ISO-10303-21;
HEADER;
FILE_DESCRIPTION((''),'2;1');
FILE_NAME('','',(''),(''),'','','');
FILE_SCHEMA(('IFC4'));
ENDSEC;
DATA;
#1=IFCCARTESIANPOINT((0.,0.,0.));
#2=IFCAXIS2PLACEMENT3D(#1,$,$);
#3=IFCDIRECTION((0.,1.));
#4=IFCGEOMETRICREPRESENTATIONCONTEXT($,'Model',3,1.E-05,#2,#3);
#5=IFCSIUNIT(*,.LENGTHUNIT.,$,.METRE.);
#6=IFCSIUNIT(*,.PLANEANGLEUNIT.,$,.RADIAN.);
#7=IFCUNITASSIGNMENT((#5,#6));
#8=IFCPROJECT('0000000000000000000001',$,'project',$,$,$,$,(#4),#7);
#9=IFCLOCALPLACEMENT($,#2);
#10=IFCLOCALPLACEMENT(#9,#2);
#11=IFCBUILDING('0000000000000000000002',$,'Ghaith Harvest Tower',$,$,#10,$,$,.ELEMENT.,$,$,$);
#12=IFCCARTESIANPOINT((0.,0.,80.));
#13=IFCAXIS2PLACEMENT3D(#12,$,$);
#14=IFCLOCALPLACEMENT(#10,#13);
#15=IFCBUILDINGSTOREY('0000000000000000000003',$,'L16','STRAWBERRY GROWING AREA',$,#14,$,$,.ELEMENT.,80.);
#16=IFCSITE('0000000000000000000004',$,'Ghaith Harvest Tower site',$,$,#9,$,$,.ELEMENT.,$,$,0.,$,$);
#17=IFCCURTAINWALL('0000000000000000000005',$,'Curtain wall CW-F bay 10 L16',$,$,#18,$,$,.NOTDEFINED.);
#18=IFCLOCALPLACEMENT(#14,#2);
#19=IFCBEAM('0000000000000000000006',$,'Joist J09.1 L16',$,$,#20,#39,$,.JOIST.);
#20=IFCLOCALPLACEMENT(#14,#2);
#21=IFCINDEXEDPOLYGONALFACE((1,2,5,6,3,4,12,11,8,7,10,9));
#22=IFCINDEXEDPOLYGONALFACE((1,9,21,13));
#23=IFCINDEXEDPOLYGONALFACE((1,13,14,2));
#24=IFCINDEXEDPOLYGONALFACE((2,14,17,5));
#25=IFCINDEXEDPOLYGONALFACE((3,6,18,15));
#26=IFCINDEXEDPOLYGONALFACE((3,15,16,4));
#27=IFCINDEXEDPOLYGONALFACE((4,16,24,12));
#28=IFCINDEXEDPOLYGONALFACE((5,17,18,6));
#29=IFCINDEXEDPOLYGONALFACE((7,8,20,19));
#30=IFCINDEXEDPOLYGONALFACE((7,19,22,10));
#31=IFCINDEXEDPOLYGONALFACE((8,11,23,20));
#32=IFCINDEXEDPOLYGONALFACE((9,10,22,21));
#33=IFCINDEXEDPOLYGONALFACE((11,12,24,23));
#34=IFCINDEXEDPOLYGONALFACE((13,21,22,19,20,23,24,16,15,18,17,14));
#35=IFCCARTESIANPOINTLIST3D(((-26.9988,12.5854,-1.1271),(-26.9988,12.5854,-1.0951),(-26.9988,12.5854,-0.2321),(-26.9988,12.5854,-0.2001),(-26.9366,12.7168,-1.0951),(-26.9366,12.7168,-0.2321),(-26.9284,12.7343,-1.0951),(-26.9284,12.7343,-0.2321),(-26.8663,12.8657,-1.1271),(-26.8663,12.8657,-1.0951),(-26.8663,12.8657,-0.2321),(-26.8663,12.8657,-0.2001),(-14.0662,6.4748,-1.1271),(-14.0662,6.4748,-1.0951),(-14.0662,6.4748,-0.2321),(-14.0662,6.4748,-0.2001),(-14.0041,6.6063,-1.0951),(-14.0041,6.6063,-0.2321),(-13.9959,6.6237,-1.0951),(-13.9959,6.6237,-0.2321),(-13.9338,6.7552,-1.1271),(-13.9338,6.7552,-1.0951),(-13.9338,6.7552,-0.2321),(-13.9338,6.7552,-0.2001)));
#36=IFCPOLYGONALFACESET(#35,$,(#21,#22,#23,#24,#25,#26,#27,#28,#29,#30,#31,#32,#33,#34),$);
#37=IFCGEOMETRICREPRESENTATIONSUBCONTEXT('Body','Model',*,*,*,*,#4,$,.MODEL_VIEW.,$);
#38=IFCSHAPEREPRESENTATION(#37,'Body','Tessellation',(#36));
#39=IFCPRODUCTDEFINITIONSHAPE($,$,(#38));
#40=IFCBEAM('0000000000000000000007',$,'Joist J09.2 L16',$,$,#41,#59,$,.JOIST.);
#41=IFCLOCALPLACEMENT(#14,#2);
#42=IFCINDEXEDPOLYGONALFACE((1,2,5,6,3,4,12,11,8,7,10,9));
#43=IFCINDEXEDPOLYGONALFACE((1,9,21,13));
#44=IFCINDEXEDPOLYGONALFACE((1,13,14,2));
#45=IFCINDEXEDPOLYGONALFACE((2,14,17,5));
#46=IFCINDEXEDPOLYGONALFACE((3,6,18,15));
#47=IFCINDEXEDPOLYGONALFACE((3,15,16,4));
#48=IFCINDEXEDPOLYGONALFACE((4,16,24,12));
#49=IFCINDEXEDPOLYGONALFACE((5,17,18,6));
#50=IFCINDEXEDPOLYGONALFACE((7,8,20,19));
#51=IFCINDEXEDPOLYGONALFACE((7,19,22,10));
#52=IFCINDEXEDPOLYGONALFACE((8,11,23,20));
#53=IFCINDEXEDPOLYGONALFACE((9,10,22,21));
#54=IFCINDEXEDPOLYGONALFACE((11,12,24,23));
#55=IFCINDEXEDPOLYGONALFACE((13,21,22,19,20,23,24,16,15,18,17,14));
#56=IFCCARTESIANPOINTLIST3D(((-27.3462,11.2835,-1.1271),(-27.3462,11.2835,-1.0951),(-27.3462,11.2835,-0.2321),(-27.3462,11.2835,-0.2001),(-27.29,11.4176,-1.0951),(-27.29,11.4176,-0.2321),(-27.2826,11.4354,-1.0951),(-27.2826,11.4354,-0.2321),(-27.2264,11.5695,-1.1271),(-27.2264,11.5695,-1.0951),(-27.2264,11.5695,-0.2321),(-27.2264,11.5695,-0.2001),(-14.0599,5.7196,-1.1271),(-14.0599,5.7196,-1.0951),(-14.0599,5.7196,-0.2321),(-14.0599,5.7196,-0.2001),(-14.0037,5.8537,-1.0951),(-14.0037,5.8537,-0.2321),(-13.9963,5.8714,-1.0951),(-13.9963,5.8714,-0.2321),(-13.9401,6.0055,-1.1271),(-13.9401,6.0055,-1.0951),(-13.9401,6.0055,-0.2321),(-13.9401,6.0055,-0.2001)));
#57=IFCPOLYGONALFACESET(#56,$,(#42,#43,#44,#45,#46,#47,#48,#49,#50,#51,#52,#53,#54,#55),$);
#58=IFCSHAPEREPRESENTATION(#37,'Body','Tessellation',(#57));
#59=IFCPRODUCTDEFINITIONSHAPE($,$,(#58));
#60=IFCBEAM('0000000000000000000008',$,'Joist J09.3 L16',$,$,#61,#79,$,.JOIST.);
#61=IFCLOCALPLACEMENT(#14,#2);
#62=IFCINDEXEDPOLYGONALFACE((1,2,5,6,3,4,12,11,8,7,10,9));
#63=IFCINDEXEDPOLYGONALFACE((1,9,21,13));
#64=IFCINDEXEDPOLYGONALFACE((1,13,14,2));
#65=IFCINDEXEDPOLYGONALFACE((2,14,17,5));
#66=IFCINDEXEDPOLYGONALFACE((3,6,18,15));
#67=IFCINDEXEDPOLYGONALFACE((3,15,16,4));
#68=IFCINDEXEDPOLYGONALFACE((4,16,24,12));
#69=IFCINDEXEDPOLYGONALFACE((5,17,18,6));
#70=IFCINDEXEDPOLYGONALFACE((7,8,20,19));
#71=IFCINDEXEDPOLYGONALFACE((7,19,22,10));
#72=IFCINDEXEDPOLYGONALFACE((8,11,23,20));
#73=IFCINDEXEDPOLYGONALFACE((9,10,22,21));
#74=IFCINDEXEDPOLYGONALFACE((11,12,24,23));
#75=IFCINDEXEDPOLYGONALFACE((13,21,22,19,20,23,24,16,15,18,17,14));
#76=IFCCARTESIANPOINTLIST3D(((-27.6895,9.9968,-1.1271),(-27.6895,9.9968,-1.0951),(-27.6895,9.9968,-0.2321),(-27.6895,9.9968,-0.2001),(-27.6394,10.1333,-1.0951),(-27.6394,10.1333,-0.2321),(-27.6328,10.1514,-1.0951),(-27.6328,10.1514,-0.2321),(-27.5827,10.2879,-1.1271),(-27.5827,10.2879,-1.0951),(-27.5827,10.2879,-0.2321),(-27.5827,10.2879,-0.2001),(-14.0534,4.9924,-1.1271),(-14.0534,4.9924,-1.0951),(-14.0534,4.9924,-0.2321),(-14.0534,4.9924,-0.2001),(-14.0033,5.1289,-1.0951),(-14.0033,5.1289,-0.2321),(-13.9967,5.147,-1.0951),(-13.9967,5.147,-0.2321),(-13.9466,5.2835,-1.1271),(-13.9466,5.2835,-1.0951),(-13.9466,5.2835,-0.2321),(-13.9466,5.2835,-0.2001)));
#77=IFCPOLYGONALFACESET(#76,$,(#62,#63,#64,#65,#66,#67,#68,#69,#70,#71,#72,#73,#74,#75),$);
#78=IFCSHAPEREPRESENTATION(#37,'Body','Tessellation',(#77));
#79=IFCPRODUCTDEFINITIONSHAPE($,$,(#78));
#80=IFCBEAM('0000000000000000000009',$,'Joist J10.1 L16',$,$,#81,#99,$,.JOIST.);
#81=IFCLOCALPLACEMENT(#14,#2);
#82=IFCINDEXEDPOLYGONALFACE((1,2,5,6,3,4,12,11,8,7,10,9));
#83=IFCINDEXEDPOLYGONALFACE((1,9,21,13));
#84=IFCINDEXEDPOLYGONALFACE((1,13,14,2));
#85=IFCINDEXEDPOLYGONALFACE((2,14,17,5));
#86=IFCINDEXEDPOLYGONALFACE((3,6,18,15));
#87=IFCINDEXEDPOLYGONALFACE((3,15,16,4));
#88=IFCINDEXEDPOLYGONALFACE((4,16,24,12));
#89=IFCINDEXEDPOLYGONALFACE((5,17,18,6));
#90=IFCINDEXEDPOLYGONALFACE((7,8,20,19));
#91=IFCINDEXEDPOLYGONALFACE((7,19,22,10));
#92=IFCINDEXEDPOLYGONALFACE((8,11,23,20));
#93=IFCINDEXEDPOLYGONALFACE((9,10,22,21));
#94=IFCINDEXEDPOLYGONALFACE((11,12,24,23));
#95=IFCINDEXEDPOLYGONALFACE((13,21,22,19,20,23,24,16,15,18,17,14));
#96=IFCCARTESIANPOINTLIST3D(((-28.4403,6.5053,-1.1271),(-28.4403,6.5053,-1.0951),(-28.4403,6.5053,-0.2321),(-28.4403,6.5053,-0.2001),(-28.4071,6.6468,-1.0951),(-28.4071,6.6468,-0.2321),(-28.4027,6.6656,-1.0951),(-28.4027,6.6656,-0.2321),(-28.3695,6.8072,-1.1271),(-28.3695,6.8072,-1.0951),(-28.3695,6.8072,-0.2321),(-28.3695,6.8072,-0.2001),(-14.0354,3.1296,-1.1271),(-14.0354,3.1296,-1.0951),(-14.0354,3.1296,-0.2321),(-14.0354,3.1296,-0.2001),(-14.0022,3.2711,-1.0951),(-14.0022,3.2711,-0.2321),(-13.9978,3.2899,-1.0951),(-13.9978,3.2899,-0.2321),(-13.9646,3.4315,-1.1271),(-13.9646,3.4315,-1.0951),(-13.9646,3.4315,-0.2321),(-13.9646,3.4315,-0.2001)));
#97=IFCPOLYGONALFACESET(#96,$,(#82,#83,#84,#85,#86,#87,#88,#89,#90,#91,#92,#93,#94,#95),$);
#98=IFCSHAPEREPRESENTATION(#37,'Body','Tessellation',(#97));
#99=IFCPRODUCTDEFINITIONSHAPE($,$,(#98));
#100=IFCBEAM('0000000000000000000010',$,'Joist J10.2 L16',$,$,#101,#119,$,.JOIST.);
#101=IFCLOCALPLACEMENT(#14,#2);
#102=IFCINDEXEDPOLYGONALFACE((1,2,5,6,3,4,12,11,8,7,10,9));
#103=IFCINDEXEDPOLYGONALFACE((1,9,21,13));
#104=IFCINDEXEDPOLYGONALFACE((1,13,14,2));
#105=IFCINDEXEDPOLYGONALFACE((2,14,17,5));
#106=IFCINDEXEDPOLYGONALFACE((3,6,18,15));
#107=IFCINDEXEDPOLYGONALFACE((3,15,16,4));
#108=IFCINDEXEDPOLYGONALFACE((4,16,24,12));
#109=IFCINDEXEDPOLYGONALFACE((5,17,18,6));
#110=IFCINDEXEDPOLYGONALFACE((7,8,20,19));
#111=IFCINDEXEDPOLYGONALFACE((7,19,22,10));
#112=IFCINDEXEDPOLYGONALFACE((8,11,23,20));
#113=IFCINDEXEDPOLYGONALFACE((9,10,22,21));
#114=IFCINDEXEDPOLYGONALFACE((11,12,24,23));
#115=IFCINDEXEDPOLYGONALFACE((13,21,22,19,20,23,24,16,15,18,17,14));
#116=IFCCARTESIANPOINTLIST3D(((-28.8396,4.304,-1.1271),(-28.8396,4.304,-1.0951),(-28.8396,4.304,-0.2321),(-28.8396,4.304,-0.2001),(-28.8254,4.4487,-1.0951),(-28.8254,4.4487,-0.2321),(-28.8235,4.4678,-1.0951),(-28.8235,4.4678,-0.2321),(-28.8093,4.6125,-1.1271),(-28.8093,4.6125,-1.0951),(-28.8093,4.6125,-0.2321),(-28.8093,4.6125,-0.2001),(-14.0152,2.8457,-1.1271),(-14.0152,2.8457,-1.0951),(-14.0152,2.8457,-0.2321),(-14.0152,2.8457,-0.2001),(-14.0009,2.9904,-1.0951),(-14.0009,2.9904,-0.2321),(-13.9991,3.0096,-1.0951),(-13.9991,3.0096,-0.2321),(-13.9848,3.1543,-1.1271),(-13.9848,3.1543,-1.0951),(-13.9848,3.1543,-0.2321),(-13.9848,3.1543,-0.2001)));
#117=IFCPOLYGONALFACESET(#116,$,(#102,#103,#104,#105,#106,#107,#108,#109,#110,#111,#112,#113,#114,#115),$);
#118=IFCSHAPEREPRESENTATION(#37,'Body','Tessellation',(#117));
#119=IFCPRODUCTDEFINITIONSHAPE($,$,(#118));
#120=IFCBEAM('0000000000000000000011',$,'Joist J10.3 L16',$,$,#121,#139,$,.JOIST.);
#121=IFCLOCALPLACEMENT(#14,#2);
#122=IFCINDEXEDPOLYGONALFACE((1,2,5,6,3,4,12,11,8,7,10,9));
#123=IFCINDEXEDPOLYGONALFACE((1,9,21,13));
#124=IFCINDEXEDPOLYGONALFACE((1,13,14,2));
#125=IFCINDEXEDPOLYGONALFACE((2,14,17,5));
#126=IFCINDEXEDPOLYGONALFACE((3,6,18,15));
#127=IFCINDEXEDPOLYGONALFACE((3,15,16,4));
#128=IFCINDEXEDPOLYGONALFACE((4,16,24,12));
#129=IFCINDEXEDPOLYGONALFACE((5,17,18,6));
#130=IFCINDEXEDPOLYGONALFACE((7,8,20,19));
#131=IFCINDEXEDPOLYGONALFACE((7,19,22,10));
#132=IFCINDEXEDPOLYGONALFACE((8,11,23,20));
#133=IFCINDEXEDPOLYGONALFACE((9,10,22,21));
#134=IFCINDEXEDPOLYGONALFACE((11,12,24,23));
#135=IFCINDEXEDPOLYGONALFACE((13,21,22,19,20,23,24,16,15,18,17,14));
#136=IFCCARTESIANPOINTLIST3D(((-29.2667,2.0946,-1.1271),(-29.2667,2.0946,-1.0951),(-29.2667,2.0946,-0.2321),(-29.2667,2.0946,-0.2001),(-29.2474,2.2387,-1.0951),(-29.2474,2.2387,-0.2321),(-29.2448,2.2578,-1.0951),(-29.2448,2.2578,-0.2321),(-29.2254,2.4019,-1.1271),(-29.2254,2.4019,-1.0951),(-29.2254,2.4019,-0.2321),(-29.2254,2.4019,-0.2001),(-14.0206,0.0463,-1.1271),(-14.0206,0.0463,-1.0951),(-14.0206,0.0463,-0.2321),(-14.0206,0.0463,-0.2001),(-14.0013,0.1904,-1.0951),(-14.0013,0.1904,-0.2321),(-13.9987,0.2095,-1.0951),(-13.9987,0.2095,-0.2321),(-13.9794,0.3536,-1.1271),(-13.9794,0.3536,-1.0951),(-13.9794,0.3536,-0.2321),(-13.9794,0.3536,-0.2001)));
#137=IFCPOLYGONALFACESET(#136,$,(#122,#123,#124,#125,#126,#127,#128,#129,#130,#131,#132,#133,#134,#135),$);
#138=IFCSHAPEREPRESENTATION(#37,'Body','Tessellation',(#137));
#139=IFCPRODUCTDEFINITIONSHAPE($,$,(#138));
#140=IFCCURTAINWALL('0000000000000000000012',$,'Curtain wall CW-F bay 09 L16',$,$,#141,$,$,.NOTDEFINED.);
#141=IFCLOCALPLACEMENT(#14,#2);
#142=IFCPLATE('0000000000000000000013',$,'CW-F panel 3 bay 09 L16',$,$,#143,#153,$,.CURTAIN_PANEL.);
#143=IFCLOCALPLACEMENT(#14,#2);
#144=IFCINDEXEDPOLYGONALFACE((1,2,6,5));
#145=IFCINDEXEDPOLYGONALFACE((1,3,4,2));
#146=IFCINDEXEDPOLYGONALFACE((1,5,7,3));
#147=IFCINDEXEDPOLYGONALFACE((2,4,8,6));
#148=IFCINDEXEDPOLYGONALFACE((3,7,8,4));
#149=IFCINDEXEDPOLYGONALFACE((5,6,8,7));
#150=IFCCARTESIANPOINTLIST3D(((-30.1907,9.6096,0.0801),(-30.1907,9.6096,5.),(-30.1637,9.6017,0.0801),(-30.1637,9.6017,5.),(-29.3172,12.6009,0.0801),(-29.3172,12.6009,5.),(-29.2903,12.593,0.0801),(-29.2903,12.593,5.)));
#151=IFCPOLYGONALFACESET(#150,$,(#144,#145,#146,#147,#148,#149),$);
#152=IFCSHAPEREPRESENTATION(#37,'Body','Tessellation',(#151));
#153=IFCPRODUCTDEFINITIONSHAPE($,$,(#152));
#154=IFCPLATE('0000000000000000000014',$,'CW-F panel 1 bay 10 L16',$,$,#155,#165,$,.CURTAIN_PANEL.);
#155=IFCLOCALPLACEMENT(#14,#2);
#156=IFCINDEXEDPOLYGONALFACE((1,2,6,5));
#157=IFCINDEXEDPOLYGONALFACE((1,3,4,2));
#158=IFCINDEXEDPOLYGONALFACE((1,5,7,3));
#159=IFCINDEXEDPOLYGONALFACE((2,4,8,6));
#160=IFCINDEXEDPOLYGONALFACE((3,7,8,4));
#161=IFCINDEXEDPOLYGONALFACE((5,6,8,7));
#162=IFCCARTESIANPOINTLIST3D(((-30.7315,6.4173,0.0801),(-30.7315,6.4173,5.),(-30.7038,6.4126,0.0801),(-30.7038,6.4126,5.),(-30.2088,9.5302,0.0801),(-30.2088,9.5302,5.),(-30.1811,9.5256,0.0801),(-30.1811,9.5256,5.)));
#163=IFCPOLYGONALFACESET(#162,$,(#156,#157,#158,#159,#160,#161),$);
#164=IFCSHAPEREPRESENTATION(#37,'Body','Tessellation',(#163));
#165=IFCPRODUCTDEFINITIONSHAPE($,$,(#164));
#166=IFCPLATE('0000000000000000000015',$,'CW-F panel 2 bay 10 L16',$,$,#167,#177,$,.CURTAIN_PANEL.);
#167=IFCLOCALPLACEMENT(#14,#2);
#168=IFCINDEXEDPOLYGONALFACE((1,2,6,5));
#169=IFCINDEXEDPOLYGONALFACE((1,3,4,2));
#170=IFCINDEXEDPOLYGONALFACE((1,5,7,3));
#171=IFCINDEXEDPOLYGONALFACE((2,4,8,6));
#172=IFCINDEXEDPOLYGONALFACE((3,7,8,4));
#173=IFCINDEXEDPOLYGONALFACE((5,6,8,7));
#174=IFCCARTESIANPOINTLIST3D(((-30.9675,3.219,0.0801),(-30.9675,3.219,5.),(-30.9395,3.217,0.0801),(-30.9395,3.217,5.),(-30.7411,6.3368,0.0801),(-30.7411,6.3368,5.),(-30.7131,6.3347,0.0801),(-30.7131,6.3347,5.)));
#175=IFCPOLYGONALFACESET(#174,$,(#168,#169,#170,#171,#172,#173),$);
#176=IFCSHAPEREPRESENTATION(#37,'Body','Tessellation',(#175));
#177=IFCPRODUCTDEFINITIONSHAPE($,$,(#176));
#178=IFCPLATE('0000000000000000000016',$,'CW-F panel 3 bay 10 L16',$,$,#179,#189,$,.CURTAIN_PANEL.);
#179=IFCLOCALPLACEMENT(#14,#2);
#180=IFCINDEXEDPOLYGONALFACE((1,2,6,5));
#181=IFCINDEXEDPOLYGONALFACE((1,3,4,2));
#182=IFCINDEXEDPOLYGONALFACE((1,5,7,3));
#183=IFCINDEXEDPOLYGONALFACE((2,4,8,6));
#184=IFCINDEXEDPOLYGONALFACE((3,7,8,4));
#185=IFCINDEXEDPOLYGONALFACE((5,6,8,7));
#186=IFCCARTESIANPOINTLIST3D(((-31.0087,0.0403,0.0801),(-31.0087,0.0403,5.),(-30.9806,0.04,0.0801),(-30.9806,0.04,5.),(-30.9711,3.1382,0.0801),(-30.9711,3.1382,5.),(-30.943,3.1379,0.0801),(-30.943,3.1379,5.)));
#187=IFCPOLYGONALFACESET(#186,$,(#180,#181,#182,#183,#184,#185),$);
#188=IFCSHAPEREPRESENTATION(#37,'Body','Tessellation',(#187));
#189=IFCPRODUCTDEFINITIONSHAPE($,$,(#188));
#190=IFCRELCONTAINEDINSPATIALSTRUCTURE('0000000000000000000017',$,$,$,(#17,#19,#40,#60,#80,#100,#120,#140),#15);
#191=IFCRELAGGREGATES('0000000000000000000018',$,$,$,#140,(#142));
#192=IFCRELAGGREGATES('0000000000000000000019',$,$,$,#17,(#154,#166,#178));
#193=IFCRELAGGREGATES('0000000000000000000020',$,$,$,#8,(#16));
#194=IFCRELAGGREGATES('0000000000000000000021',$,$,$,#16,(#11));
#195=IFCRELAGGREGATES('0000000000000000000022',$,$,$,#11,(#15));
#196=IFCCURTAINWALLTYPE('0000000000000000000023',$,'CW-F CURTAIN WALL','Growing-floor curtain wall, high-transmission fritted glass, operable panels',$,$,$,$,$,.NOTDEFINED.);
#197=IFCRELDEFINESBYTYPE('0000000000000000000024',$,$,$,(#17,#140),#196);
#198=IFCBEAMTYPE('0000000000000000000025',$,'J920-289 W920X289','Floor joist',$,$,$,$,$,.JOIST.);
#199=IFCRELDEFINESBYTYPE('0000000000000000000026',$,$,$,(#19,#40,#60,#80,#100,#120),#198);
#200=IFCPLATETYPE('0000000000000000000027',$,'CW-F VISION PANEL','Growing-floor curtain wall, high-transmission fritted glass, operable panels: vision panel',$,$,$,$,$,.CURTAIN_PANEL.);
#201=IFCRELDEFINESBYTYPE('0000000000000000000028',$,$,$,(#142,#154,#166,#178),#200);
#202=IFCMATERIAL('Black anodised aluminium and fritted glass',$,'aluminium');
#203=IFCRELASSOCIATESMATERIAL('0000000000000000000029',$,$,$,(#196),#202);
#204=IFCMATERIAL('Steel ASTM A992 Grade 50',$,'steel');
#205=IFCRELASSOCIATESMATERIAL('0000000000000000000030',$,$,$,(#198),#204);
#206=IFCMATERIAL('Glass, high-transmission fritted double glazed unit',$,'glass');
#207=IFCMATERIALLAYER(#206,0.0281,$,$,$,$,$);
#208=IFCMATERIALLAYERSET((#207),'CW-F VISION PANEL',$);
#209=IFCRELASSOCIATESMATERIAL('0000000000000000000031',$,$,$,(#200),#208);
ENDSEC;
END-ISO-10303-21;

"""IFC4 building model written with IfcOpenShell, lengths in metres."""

from ifc_helpers import new_model, si_unit, direction, frame, origin, origin_2d, place, context, subcontext, project, spatial, rectangle, i_section, extrude, material, layer, layer_set, material_profile, profile_set, type_object, element, aggregate, save


model = new_model("IFC4")

# Units and contexts
model_context = context("Model", 3, precision=1e-05, world=origin(), true_north=direction((0.0, 1.0)))
body_context = subcontext(model_context, "Body", "Model", "MODEL_VIEW")
ifc_project = project(units=[si_unit("LENGTHUNIT", "METRE"), si_unit("PLANEANGLEUNIT", "RADIAN")], contexts=[model_context])

# Site, building, storey
site_placement = place(None, origin())
site = spatial("IfcSite", under=ifc_project, at=site_placement, Name="Ghaith Harvest Tower site", CompositionType="ELEMENT", RefElevation=0.0)
building_placement = place(site_placement, origin())
building = spatial("IfcBuilding", under=site, at=building_placement, Name="Ghaith Harvest Tower", CompositionType="ELEMENT")
storey_placement = place(building_placement, frame((0.0, 0.0, 80.0)))
storey = spatial("IfcBuildingStorey", under=building, at=storey_placement, Name="L16", Description="STRAWBERRY GROWING AREA", CompositionType="ELEMENT", Elevation=80.0)

# Curtain wall
ifc_material_1 = material(Name="Black anodised aluminium and fritted glass", Category="aluminium")
curtain_wall_type = type_object("IfcCurtainWallType", Name="CW-F CURTAIN WALL", Description="Growing-floor curtain wall, high-transmission fritted glass, operable panels", PredefinedType="NOTDEFINED", material=ifc_material_1)
curtain_wall_1_placement = place(storey_placement, origin())
curtain_wall_1 = element("IfcCurtainWall", 1, at=curtain_wall_1_placement, inside=storey, type_object=curtain_wall_type, Name="Curtain wall CW-F bay 10 L16", PredefinedType="NOTDEFINED")

# Beams
ifc_material_2 = material(Name="Steel ASTM A992 Grade 50", Category="steel")
ifc_material_profile_1 = material_profile(ifc_material_2, i_section(OverallWidth=0.3101, OverallDepth=0.927, WebThickness=0.0193, FlangeThickness=0.032, at=origin_2d()), Name="W920X289")
ifc_profile_set_1 = profile_set([ifc_material_profile_1], Name="Steel ASTM A992 Grade 50")
beam_type_1 = type_object("IfcBeamType", Name="J920-289 W920X289", Description="Floor joist", PredefinedType="JOIST", material=ifc_profile_set_1)
beam_1_placement = place(storey_placement, frame((-14.0, 6.615, -0.6636), z_axis=(-0.904153, 0.427208, 0.0), x_axis=(-0.427208, -0.904153, 0.0)))
element("IfcBeam", 2, at=beam_1_placement, inside=storey, type_object=beam_type_1, Name="Joist J09.1 L16", PredefinedType="JOIST", context=body_context, shape_type="SweptSolid", body=[
    extrude(i_section(OverallWidth=0.3101, OverallDepth=0.927, WebThickness=0.0193, FlangeThickness=0.032, at=origin_2d()), origin(), (0.0, 0.0, 1.0), 14.3035),
])
beam_2_placement = place(storey_placement, frame((-14.0, 5.8625, -0.6636), z_axis=(-0.922386, 0.38627, 0.0), x_axis=(-0.38627, -0.922386, 0.0)))
element("IfcBeam", 3, at=beam_2_placement, inside=storey, type_object=beam_type_1, Name="Joist J09.2 L16", PredefinedType="JOIST", context=body_context, shape_type="SweptSolid", body=[
    extrude(i_section(OverallWidth=0.3101, OverallDepth=0.927, WebThickness=0.0193, FlangeThickness=0.032, at=origin_2d()), origin(), (0.0, 0.0, 1.0), 14.4043),
])
beam_3_placement = place(storey_placement, frame((-14.0, 5.1379, -0.6636), z_axis=(-0.938775, 0.34453, 0.0), x_axis=(-0.34453, -0.938775, 0.0)))
element("IfcBeam", 4, at=beam_3_placement, inside=storey, type_object=beam_type_1, Name="Joist J09.3 L16", PredefinedType="JOIST", context=body_context, shape_type="SweptSolid", body=[
    extrude(i_section(OverallWidth=0.3101, OverallDepth=0.927, WebThickness=0.0193, FlangeThickness=0.032, at=origin_2d()), origin(), (0.0, 0.0, 1.0), 14.5254),
])
beam_4_placement = place(storey_placement, frame((-14.0, 3.2805, -0.6636), z_axis=(-0.973623, 0.228163, 0.0), x_axis=(-0.228163, -0.973623, 0.0)))
element("IfcBeam", 5, at=beam_4_placement, inside=storey, type_object=beam_type_1, Name="Joist J10.1 L16", PredefinedType="JOIST", context=body_context, shape_type="SweptSolid", body=[
    extrude(i_section(OverallWidth=0.3101, OverallDepth=0.927, WebThickness=0.0193, FlangeThickness=0.032, at=origin_2d()), origin(), (0.0, 0.0, 1.0), 14.7952),
])
beam_5_placement = place(storey_placement, frame((-14.0, 3.0, -0.6636), z_axis=(-0.995197, 0.097895, 0.0), x_axis=(-0.097895, -0.995197, 0.0)))
element("IfcBeam", 6, at=beam_5_placement, inside=storey, type_object=beam_type_1, Name="Joist J10.2 L16", PredefinedType="JOIST", context=body_context, shape_type="SweptSolid", body=[
    extrude(i_section(OverallWidth=0.3101, OverallDepth=0.927, WebThickness=0.0193, FlangeThickness=0.032, at=origin_2d()), origin(), (0.0, 0.0, 1.0), 14.896),
])
beam_6_placement = place(storey_placement, frame((-14.0, 0.2, -0.6636), z_axis=(-0.991095, 0.133155, 0.0), x_axis=(-0.133155, -0.991095, 0.0)))
element("IfcBeam", 7, at=beam_6_placement, inside=storey, type_object=beam_type_1, Name="Joist J10.3 L16", PredefinedType="JOIST", context=body_context, shape_type="SweptSolid", body=[
    extrude(i_section(OverallWidth=0.3101, OverallDepth=0.927, WebThickness=0.0193, FlangeThickness=0.032, at=origin_2d()), origin(), (0.0, 0.0, 1.0), 15.3831),
])

# Curtain wall, plate
curtain_wall_2_placement = place(storey_placement, origin())
curtain_wall_2 = element("IfcCurtainWall", 8, at=curtain_wall_2_placement, inside=storey, type_object=curtain_wall_type, Name="Curtain wall CW-F bay 09 L16", PredefinedType="NOTDEFINED")
ifc_material_3 = material(Name="Glass, high-transmission fritted double glazed unit", Category="glass")
ifc_layer_1 = layer(ifc_material_3, 0.0281)
ifc_layer_set_1 = layer_set([ifc_layer_1], Name="CW-F VISION PANEL")
plate_type = type_object("IfcPlateType", Name="CW-F VISION PANEL", Description="Growing-floor curtain wall, high-transmission fritted glass, operable panels: vision panel", PredefinedType="CURTAIN_PANEL", material=ifc_layer_set_1)
plate_1_placement = place(storey_placement, frame((-29.7405, 11.1013, 0.0801), z_axis=(0.0, 0.0, 1.0), x_axis=(-0.280297, -0.959913, 0.0)))
plate_1 = element("IfcPlate", 9, at=plate_1_placement, type_object=plate_type, Name="CW-F panel 3 bay 09 L16", PredefinedType="CURTAIN_PANEL", context=body_context, shape_type="SweptSolid", body=[
    extrude(rectangle(XDim=3.1162, YDim=0.0281, at=origin_2d()), origin(), (0.0, 0.0, 1.0), 4.9199),
])
aggregate(curtain_wall_2, [plate_1])

# Plates
plate_2_placement = place(storey_placement, frame((-30.4563, 7.9714, 0.0801), z_axis=(0.0, 0.0, 1.0), x_axis=(-0.165581, -0.986196, 0.0)))
plate_2 = element("IfcPlate", 10, at=plate_2_placement, type_object=plate_type, Name="CW-F panel 1 bay 10 L16", PredefinedType="CURTAIN_PANEL", context=body_context, shape_type="SweptSolid", body=[
    extrude(rectangle(XDim=3.1565, YDim=0.0281, at=origin_2d()), origin(), (0.0, 0.0, 1.0), 4.9199),
])
plate_3_placement = place(storey_placement, frame((-30.8403, 4.7769, 0.0801), z_axis=(0.0, 0.0, 1.0), x_axis=(-0.072421, -0.997374, 0.0)))
plate_3 = element("IfcPlate", 11, at=plate_3_placement, type_object=plate_type, Name="CW-F panel 2 bay 10 L16", PredefinedType="CURTAIN_PANEL", context=body_context, shape_type="SweptSolid", body=[
    extrude(rectangle(XDim=3.126, YDim=0.0281, at=origin_2d()), origin(), (0.0, 0.0, 1.0), 4.9199),
])
plate_4_placement = place(storey_placement, frame((-30.9758, 1.5891, 0.0801), z_axis=(0.0, 0.0, 1.0), x_axis=(-0.012133, -0.999926, 0.0)))
plate_4 = element("IfcPlate", 12, at=plate_4_placement, type_object=plate_type, Name="CW-F panel 3 bay 10 L16", PredefinedType="CURTAIN_PANEL", context=body_context, shape_type="SweptSolid", body=[
    extrude(rectangle(XDim=3.0981, YDim=0.0281, at=origin_2d()), origin(), (0.0, 0.0, 1.0), 4.9199),
])
aggregate(curtain_wall_1, [plate_2, plate_3, plate_4])

save(model, "model.ifc")
